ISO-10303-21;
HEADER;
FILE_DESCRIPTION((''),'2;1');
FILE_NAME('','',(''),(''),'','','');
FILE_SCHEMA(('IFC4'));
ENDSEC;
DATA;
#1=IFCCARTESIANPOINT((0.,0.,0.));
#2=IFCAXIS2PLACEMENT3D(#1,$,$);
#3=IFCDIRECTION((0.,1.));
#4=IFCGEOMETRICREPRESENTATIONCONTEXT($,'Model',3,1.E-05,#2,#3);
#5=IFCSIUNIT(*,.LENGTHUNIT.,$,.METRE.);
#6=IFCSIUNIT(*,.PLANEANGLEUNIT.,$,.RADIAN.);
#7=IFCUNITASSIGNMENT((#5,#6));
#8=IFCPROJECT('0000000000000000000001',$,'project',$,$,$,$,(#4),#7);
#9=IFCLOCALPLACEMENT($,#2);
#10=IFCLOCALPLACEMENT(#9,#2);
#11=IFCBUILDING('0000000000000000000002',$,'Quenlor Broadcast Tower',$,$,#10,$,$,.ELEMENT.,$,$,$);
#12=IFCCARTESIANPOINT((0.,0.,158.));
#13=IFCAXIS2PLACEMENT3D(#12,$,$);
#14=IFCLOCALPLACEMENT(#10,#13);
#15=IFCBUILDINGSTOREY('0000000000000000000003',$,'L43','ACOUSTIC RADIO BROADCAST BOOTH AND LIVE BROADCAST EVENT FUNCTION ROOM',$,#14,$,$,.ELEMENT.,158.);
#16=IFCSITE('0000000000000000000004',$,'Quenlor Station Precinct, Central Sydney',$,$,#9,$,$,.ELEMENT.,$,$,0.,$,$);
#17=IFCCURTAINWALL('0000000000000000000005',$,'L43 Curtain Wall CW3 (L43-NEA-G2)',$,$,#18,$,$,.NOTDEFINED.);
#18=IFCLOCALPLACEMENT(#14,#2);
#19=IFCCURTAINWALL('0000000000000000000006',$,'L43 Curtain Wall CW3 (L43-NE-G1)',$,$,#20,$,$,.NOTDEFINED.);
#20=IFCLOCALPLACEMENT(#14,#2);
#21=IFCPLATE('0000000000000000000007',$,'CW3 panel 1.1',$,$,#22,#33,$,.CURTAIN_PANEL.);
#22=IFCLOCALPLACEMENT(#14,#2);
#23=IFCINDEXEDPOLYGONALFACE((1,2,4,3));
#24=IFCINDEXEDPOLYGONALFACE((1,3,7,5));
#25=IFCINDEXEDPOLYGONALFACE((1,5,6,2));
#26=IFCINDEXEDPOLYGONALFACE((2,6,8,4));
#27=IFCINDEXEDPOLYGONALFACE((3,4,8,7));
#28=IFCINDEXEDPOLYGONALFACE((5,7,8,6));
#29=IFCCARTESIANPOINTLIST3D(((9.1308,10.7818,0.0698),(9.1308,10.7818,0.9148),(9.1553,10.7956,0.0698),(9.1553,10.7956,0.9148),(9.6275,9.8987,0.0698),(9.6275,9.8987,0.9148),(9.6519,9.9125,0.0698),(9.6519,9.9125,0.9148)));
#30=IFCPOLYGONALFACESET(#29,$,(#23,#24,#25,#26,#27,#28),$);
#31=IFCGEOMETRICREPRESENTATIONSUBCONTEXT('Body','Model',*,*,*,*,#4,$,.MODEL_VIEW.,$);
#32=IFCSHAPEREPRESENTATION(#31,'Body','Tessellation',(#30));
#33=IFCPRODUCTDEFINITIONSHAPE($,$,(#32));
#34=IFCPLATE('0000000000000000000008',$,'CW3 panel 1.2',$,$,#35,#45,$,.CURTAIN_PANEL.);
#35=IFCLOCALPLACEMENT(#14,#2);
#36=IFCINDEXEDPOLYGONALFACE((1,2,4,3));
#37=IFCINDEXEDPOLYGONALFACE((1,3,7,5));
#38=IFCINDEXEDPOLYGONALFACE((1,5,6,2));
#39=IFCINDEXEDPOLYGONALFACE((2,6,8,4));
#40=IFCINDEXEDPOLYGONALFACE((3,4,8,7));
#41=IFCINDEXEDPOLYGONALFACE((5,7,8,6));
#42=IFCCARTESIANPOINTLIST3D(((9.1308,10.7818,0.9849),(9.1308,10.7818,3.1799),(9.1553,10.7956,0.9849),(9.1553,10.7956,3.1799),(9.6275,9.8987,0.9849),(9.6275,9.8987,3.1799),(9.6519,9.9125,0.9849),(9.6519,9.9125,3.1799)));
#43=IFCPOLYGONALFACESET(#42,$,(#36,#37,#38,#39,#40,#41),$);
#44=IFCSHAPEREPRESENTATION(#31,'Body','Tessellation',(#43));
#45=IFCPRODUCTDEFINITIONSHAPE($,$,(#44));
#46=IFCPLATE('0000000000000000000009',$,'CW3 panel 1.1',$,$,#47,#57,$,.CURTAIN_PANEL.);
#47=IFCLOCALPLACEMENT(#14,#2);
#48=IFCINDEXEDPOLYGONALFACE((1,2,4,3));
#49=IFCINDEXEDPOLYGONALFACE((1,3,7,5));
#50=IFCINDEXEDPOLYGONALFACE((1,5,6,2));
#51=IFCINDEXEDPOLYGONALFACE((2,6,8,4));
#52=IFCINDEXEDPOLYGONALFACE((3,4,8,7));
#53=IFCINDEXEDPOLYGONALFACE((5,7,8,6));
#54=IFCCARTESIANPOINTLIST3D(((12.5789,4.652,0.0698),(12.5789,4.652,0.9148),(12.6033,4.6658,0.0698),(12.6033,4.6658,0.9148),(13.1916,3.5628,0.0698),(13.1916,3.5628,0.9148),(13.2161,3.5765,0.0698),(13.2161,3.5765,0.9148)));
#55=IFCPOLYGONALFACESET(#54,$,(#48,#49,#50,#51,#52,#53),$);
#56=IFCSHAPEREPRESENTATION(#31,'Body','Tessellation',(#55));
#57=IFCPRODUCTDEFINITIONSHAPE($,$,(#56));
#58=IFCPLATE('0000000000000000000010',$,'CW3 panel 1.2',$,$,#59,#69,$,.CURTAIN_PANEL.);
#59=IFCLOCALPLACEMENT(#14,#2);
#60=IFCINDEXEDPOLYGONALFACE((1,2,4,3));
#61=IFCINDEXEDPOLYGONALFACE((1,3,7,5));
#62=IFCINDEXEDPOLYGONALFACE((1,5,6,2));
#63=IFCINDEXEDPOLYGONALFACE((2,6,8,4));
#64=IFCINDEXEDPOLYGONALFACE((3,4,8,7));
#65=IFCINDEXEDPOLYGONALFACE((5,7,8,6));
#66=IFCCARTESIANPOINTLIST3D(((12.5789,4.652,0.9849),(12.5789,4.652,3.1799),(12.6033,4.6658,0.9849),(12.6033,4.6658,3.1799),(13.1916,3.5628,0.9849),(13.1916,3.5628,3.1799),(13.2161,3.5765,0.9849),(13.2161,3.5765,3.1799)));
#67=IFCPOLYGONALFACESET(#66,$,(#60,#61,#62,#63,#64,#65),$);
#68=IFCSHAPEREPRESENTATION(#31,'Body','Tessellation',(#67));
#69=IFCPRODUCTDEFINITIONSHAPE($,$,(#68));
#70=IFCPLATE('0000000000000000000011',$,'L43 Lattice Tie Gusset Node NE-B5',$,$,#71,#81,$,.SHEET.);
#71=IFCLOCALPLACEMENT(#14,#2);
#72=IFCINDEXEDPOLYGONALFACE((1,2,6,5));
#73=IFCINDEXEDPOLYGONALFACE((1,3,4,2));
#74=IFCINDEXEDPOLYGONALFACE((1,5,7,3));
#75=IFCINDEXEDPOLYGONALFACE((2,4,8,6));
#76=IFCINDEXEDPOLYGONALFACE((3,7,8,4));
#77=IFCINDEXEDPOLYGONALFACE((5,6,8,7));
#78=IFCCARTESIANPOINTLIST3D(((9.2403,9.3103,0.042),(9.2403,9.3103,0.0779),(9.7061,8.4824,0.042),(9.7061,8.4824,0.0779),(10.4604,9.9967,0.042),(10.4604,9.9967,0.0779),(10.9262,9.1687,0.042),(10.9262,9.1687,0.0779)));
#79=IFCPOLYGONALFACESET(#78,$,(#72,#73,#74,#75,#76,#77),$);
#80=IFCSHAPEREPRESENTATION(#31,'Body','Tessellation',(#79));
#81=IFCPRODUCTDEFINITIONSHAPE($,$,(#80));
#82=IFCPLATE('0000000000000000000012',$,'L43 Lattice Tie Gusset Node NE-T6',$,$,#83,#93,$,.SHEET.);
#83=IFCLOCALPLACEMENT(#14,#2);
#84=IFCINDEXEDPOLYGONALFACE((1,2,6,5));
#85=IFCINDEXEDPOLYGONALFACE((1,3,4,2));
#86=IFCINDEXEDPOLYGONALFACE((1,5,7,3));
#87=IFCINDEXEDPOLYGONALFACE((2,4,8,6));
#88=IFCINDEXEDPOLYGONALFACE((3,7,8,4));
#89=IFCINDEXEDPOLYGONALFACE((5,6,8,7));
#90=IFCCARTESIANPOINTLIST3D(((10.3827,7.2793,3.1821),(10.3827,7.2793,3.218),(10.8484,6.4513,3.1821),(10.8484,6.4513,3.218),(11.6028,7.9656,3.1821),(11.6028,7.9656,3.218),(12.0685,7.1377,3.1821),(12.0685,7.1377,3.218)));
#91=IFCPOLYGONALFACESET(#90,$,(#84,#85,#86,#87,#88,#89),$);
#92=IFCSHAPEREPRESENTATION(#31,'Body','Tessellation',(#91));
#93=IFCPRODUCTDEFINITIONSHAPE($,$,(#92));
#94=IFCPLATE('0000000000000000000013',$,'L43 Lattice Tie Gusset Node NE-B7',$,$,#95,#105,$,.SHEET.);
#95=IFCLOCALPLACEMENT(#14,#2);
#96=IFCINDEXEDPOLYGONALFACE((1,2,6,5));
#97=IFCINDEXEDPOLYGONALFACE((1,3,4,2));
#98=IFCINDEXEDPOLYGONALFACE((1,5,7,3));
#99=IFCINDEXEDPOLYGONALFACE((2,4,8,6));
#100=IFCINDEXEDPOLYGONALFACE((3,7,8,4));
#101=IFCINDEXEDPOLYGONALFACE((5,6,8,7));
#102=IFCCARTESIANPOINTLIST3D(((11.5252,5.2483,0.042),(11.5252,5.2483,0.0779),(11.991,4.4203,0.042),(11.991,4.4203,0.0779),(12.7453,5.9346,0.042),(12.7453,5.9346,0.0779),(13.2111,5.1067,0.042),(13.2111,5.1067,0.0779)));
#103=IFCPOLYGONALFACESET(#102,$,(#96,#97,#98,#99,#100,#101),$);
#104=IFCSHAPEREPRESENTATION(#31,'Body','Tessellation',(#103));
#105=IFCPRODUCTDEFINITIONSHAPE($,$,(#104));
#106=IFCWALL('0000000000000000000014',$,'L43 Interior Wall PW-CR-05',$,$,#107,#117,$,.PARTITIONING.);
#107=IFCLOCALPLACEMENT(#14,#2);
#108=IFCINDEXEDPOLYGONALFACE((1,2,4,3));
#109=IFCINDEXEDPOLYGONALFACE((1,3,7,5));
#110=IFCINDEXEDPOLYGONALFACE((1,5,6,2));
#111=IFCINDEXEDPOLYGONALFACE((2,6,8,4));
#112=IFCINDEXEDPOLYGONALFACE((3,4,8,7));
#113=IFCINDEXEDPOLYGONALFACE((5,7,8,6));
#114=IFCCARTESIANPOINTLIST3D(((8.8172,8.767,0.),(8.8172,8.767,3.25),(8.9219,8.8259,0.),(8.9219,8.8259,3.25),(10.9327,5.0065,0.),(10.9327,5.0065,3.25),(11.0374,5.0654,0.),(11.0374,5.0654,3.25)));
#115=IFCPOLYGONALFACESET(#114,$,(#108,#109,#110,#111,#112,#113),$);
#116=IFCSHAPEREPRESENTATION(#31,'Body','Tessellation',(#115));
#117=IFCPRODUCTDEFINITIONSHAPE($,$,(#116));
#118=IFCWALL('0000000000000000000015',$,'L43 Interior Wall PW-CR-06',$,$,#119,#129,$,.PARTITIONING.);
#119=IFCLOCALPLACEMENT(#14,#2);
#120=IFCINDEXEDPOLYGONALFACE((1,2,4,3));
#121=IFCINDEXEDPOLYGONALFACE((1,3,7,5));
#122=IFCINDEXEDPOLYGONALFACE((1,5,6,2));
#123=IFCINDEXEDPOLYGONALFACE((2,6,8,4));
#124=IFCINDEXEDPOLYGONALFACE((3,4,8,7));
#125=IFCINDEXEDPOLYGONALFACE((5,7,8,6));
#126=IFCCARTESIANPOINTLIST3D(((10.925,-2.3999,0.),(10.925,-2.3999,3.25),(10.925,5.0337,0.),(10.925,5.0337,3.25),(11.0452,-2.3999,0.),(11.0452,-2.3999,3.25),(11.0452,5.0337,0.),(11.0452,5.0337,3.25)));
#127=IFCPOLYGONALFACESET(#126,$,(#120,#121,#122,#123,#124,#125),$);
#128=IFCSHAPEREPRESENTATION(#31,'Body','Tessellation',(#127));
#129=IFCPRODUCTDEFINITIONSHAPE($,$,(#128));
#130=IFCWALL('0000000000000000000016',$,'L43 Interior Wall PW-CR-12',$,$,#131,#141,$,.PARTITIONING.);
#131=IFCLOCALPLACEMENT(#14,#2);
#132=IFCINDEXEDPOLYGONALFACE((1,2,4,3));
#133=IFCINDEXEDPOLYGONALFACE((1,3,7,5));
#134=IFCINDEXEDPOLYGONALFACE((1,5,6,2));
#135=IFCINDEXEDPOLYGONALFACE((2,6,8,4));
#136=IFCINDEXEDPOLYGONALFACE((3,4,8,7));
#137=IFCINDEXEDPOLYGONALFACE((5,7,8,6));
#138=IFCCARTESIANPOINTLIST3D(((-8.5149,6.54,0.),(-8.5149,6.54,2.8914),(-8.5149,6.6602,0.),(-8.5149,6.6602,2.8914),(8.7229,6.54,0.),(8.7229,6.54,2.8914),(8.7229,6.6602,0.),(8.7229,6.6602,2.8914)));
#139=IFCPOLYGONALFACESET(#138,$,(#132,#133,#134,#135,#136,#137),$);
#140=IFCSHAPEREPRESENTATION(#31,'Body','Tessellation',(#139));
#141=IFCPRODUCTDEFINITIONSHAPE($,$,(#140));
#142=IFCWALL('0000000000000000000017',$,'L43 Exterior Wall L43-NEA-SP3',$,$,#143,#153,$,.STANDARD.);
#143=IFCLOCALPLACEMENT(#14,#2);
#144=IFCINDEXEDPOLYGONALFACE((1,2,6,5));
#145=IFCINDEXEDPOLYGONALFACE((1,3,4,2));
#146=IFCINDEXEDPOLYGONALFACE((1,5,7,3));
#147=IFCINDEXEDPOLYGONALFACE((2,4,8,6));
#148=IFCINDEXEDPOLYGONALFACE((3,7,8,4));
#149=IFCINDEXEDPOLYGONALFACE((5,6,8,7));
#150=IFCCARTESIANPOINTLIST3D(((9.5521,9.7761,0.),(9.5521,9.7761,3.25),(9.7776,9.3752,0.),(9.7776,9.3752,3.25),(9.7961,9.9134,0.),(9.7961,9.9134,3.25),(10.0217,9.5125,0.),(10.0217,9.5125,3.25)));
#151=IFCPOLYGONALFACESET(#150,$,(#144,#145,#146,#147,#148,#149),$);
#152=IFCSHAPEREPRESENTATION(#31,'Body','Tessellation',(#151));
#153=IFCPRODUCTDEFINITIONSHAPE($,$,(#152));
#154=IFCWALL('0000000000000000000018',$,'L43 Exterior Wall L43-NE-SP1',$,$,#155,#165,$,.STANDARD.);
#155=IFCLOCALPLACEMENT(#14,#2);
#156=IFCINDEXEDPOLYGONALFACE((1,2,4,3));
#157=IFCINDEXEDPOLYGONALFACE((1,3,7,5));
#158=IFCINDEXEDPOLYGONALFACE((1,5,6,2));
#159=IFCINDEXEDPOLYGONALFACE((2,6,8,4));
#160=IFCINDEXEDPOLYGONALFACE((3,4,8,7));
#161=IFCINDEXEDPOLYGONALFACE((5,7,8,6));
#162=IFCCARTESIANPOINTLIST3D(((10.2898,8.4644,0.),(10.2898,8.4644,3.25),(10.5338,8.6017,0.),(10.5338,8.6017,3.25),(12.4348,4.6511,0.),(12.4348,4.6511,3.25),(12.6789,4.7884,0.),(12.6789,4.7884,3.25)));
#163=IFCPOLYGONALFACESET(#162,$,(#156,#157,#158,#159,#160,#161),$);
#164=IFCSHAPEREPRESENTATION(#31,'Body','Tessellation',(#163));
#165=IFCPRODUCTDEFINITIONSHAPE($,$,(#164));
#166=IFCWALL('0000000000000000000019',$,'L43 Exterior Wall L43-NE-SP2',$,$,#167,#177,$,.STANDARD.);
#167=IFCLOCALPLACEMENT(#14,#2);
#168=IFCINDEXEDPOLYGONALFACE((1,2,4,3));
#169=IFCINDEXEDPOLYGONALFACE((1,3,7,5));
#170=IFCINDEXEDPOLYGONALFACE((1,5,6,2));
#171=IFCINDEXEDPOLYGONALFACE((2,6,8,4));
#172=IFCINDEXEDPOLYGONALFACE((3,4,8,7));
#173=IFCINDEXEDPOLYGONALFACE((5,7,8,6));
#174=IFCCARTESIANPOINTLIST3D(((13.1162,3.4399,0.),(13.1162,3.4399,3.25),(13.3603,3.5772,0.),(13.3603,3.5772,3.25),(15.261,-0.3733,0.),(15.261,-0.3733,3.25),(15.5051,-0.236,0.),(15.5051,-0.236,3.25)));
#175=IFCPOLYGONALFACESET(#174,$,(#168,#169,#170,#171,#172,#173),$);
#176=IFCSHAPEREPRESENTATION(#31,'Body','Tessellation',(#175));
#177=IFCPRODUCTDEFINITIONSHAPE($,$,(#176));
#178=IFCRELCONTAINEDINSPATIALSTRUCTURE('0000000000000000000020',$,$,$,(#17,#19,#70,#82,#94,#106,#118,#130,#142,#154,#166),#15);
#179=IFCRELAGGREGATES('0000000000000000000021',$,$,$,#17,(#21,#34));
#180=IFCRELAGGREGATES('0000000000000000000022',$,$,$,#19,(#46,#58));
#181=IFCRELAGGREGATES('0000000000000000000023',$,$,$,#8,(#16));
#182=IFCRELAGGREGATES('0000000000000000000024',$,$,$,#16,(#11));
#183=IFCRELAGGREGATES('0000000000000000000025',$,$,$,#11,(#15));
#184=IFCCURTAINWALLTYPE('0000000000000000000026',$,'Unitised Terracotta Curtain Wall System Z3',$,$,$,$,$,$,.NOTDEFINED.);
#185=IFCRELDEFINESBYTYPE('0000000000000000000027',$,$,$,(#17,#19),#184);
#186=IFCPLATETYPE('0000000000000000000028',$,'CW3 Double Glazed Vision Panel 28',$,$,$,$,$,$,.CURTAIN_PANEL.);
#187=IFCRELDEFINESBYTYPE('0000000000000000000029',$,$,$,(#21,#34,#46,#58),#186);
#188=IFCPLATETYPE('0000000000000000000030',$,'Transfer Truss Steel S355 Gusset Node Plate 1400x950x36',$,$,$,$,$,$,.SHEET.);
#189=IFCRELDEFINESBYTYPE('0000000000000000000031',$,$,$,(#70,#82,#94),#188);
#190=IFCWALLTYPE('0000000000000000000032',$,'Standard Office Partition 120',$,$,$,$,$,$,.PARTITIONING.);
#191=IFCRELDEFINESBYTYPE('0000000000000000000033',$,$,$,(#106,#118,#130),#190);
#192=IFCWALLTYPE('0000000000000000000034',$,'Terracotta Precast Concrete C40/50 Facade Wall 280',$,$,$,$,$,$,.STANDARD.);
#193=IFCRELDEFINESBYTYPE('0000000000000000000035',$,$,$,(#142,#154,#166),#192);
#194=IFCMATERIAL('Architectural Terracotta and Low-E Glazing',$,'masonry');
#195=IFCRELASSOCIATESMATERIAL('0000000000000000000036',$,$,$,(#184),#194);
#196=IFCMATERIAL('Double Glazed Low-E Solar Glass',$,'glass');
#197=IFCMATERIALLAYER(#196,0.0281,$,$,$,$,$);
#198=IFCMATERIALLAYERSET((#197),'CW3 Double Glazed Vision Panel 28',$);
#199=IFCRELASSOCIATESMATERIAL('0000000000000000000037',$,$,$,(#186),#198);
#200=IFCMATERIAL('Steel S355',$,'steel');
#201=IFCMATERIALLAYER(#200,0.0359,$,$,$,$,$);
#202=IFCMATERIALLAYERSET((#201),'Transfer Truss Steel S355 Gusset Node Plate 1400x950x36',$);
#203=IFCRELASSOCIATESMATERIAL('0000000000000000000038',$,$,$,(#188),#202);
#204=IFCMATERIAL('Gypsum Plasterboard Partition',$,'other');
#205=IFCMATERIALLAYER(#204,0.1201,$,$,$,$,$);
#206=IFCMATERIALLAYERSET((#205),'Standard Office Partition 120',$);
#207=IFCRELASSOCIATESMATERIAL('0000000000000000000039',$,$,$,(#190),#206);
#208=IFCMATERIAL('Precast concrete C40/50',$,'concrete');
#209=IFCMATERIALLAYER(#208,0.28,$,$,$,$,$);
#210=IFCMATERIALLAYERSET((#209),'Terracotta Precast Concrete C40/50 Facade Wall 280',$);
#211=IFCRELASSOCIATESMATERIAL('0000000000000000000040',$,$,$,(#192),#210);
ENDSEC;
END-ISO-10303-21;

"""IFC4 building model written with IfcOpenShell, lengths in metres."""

from ifc_helpers import new_model, si_unit, direction, frame, frame_2d, origin, origin_2d, place, context, subcontext, project, spatial, rectangle, extrude, material, layer, layer_set, type_object, element, aggregate, save


model = new_model("IFC4")

# Units and contexts
model_context = context("Model", 3, precision=1e-05, world=origin(), true_north=direction((0.0, 1.0)))
body_context = subcontext(model_context, "Body", "Model", "MODEL_VIEW")
ifc_project = project(units=[si_unit("LENGTHUNIT", "METRE"), si_unit("PLANEANGLEUNIT", "RADIAN")], contexts=[model_context])

# Site, building, storey
site_placement = place(None, origin())
site = spatial("IfcSite", under=ifc_project, at=site_placement, Name="Quenlor Station Precinct, Central Sydney", CompositionType="ELEMENT", RefElevation=0.0)
building_placement = place(site_placement, origin())
building = spatial("IfcBuilding", under=site, at=building_placement, Name="Quenlor Broadcast Tower", CompositionType="ELEMENT")
storey_placement = place(building_placement, frame((0.0, 0.0, 158.0)))
storey = spatial("IfcBuildingStorey", under=building, at=storey_placement, Name="L43", Description="ACOUSTIC RADIO BROADCAST BOOTH AND LIVE BROADCAST EVENT FUNCTION ROOM", CompositionType="ELEMENT", Elevation=158.0)

# Curtain wall
ifc_material_1 = material(Name="Architectural Terracotta and Low-E Glazing", Category="masonry")
curtain_wall_type = type_object("IfcCurtainWallType", Name="Unitised Terracotta Curtain Wall System Z3", PredefinedType="NOTDEFINED", material=ifc_material_1)
curtain_wall_1_placement = place(storey_placement, origin())
curtain_wall_1 = element("IfcCurtainWall", 1, at=curtain_wall_1_placement, inside=storey, type_object=curtain_wall_type, Name="L43 Curtain Wall CW3 (L43-NEA-G2)", PredefinedType="NOTDEFINED")

# Curtain wall
curtain_wall_2_placement = place(storey_placement, origin())
curtain_wall_2 = element("IfcCurtainWall", 2, at=curtain_wall_2_placement, inside=storey, type_object=curtain_wall_type, Name="L43 Curtain Wall CW3 (L43-NE-G1)", PredefinedType="NOTDEFINED")

# Plates
ifc_material_2 = material(Name="Double Glazed Low-E Solar Glass", Category="glass")
ifc_layer_1 = layer(ifc_material_2, 0.0281)
ifc_layer_set_1 = layer_set([ifc_layer_1], Name="CW3 Double Glazed Vision Panel 28")
plate_type_1 = type_object("IfcPlateType", Name="CW3 Double Glazed Vision Panel 28", PredefinedType="CURTAIN_PANEL", material=ifc_layer_set_1)
plate_1_placement = place(storey_placement, frame((9.3914, 10.3472, 0.0698), z_axis=(0.0, 0.0, 1.0), x_axis=(0.490216, -0.871601, 0.0)))
plate_1 = element("IfcPlate", 3, at=plate_1_placement, type_object=plate_type_1, Name="CW3 panel 1.1", PredefinedType="CURTAIN_PANEL", context=body_context, shape_type="SweptSolid", body=[
    extrude(rectangle(XDim=1.0132, YDim=0.0281, at=origin_2d()), origin(), (0.0, 0.0, 1.0), 0.845),
])
plate_2_placement = place(storey_placement, frame((9.3914, 10.3472, 0.9849), z_axis=(0.0, 0.0, 1.0), x_axis=(0.490216, -0.871601, 0.0)))
plate_2 = element("IfcPlate", 4, at=plate_2_placement, type_object=plate_type_1, Name="CW3 panel 1.2", PredefinedType="CURTAIN_PANEL", context=body_context, shape_type="SweptSolid", body=[
    extrude(rectangle(XDim=1.0132, YDim=0.0281, at=origin_2d()), origin(), (0.0, 0.0, 1.0), 2.1951),
])
aggregate(curtain_wall_1, [plate_1, plate_2])
plate_3_placement = place(storey_placement, frame((12.8975, 4.1143, 0.0698), z_axis=(0.0, 0.0, 1.0), x_axis=(0.490285, -0.871562, 0.0)))
plate_3 = element("IfcPlate", 5, at=plate_3_placement, type_object=plate_type_1, Name="CW3 panel 1.1", PredefinedType="CURTAIN_PANEL", context=body_context, shape_type="SweptSolid", body=[
    extrude(rectangle(XDim=1.2498, YDim=0.0281, at=origin_2d()), origin(), (0.0, 0.0, 1.0), 0.845),
])
plate_4_placement = place(storey_placement, frame((12.8975, 4.1143, 0.9849), z_axis=(0.0, 0.0, 1.0), x_axis=(0.490285, -0.871562, 0.0)))
plate_4 = element("IfcPlate", 6, at=plate_4_placement, type_object=plate_type_1, Name="CW3 panel 1.2", PredefinedType="CURTAIN_PANEL", context=body_context, shape_type="SweptSolid", body=[
    extrude(rectangle(XDim=1.2498, YDim=0.0281, at=origin_2d()), origin(), (0.0, 0.0, 1.0), 2.1951),
])
aggregate(curtain_wall_2, [plate_3, plate_4])

# Plates
ifc_material_3 = material(Name="Steel S355", Category="steel")
ifc_layer_2 = layer(ifc_material_3, 0.0359)
ifc_layer_set_2 = layer_set([ifc_layer_2], Name="Transfer Truss Steel S355 Gusset Node Plate 1400x950x36")
plate_type_2 = type_object("IfcPlateType", Name="Transfer Truss Steel S355 Gusset Node Plate 1400x950x36", PredefinedType="SHEET", material=ifc_layer_set_2)
for number, where, z_axis, x_axis, name in (
    (7, (10.0833, 9.2395, 0.042), (0.0, 0.0, 1.0), (0.871556, 0.490295, 0.0), "L43 Lattice Tie Gusset Node NE-B5"),
    (8, (11.2256, 7.2085, 3.1821), (0.0, 0.0, 1.0), (0.871556, 0.490295, 0.0), "L43 Lattice Tie Gusset Node NE-T6"),
    (9, (12.3682, 5.1775, 0.042), (0.0, 0.0, 1.0), (0.871556, 0.490295, 0.0), "L43 Lattice Tie Gusset Node NE-B7"),
):
    element("IfcPlate", number, at=place(storey_placement, frame(where, z_axis=z_axis, x_axis=x_axis)), inside=storey, type_object=plate_type_2, Name=name, PredefinedType="SHEET", context=body_context, shape_type="SweptSolid", body=[
        extrude(rectangle(XDim=1.3999, YDim=0.95, at=origin_2d()), origin(), (0.0, 0.0, 1.0), 0.0359),
    ])

# Walls
ifc_material_4 = material(Name="Gypsum Plasterboard Partition", Category="other")
ifc_layer_3 = layer(ifc_material_4, 0.1201)
ifc_layer_set_3 = layer_set([ifc_layer_3], Name="Standard Office Partition 120")
wall_type_1 = type_object("IfcWallType", Name="Standard Office Partition 120", PredefinedType="PARTITIONING", material=ifc_layer_set_3)
wall_1_placement = place(storey_placement, frame((8.8696, 8.7964, 0.0), z_axis=(0.0, 0.0, 1.0), x_axis=(0.490296, -0.871556, 0.0)))
element("IfcWall", 10, at=wall_1_placement, inside=storey, type_object=wall_type_1, Name="L43 Interior Wall PW-CR-05", PredefinedType="PARTITIONING", context=body_context, shape_type="SweptSolid", body=[
    extrude(rectangle(XDim=4.3147, YDim=0.1201, at=frame_2d((2.1572, 0.0))), origin(), (0.0, 0.0, 1.0), 3.25),
])
wall_2_placement = place(storey_placement, frame((10.9851, 5.0337, 0.0), z_axis=(0.0, 0.0, 1.0), x_axis=(0.0, -1.0, 0.0)))
element("IfcWall", 11, at=wall_2_placement, inside=storey, type_object=wall_type_1, Name="L43 Interior Wall PW-CR-06", PredefinedType="PARTITIONING", context=body_context, shape_type="SweptSolid", body=[
    extrude(rectangle(XDim=7.4336, YDim=0.1201, at=frame_2d((3.7168, 0.0))), origin(), (0.0, 0.0, 1.0), 3.25),
])
wall_3_placement = place(storey_placement, frame((8.7229, 6.6001, 0.0), z_axis=(0.0, 0.0, 1.0), x_axis=(-1.0, 0.0, 0.0)))
element("IfcWall", 12, at=wall_3_placement, inside=storey, type_object=wall_type_1, Name="L43 Interior Wall PW-CR-12", PredefinedType="PARTITIONING", context=body_context, shape_type="SweptSolid", body=[
    extrude(rectangle(XDim=17.2378, YDim=0.1201, at=frame_2d((8.6189, 0.0))), origin(), (0.0, 0.0, 1.0), 2.8914),
])
ifc_material_5 = material(Name="Precast concrete C40/50", Category="concrete")
ifc_layer_4 = layer(ifc_material_5, 0.28)
ifc_layer_set_4 = layer_set([ifc_layer_4], Name="Terracotta Precast Concrete C40/50 Facade Wall 280")
wall_type_2 = type_object("IfcWallType", Name="Terracotta Precast Concrete C40/50 Facade Wall 280", PredefinedType="STANDARD", material=ifc_layer_set_4)
wall_4_placement = place(storey_placement, frame((9.6741, 9.8447, 0.0), z_axis=(0.0, 0.0, 1.0), x_axis=(0.490412, -0.87149, 0.0)))
element("IfcWall", 13, at=wall_4_placement, inside=storey, type_object=wall_type_2, Name="L43 Exterior Wall L43-NEA-SP3", PredefinedType="STANDARD", context=body_context, shape_type="SweptSolid", body=[
    extrude(rectangle(XDim=0.46, YDim=0.28, at=frame_2d((0.23, 0.0))), origin(), (0.0, 0.0, 1.0), 3.25),
])
wall_5_placement = place(storey_placement, frame((10.4119, 8.533, 0.0), z_axis=(0.0, 0.0, 1.0), x_axis=(0.490274, -0.871568, 0.0)))
element("IfcWall", 14, at=wall_5_placement, inside=storey, type_object=wall_type_2, Name="L43 Exterior Wall L43-NE-SP1", PredefinedType="STANDARD", context=body_context, shape_type="SweptSolid", body=[
    extrude(rectangle(XDim=4.3752, YDim=0.28, at=frame_2d((2.1875, 0.0))), origin(), (0.0, 0.0, 1.0), 3.25),
])
wall_6_placement = place(storey_placement, frame((13.2383, 3.5085, 0.0), z_axis=(0.0, 0.0, 1.0), x_axis=(0.490232, -0.871592, 0.0)))
element("IfcWall", 15, at=wall_6_placement, inside=storey, type_object=wall_type_2, Name="L43 Exterior Wall L43-NE-SP2", PredefinedType="STANDARD", context=body_context, shape_type="SweptSolid", body=[
    extrude(rectangle(XDim=4.375, YDim=0.28, at=frame_2d((2.1875, 0.0))), origin(), (0.0, 0.0, 1.0), 3.25),
])

save(model, "model.ifc")
